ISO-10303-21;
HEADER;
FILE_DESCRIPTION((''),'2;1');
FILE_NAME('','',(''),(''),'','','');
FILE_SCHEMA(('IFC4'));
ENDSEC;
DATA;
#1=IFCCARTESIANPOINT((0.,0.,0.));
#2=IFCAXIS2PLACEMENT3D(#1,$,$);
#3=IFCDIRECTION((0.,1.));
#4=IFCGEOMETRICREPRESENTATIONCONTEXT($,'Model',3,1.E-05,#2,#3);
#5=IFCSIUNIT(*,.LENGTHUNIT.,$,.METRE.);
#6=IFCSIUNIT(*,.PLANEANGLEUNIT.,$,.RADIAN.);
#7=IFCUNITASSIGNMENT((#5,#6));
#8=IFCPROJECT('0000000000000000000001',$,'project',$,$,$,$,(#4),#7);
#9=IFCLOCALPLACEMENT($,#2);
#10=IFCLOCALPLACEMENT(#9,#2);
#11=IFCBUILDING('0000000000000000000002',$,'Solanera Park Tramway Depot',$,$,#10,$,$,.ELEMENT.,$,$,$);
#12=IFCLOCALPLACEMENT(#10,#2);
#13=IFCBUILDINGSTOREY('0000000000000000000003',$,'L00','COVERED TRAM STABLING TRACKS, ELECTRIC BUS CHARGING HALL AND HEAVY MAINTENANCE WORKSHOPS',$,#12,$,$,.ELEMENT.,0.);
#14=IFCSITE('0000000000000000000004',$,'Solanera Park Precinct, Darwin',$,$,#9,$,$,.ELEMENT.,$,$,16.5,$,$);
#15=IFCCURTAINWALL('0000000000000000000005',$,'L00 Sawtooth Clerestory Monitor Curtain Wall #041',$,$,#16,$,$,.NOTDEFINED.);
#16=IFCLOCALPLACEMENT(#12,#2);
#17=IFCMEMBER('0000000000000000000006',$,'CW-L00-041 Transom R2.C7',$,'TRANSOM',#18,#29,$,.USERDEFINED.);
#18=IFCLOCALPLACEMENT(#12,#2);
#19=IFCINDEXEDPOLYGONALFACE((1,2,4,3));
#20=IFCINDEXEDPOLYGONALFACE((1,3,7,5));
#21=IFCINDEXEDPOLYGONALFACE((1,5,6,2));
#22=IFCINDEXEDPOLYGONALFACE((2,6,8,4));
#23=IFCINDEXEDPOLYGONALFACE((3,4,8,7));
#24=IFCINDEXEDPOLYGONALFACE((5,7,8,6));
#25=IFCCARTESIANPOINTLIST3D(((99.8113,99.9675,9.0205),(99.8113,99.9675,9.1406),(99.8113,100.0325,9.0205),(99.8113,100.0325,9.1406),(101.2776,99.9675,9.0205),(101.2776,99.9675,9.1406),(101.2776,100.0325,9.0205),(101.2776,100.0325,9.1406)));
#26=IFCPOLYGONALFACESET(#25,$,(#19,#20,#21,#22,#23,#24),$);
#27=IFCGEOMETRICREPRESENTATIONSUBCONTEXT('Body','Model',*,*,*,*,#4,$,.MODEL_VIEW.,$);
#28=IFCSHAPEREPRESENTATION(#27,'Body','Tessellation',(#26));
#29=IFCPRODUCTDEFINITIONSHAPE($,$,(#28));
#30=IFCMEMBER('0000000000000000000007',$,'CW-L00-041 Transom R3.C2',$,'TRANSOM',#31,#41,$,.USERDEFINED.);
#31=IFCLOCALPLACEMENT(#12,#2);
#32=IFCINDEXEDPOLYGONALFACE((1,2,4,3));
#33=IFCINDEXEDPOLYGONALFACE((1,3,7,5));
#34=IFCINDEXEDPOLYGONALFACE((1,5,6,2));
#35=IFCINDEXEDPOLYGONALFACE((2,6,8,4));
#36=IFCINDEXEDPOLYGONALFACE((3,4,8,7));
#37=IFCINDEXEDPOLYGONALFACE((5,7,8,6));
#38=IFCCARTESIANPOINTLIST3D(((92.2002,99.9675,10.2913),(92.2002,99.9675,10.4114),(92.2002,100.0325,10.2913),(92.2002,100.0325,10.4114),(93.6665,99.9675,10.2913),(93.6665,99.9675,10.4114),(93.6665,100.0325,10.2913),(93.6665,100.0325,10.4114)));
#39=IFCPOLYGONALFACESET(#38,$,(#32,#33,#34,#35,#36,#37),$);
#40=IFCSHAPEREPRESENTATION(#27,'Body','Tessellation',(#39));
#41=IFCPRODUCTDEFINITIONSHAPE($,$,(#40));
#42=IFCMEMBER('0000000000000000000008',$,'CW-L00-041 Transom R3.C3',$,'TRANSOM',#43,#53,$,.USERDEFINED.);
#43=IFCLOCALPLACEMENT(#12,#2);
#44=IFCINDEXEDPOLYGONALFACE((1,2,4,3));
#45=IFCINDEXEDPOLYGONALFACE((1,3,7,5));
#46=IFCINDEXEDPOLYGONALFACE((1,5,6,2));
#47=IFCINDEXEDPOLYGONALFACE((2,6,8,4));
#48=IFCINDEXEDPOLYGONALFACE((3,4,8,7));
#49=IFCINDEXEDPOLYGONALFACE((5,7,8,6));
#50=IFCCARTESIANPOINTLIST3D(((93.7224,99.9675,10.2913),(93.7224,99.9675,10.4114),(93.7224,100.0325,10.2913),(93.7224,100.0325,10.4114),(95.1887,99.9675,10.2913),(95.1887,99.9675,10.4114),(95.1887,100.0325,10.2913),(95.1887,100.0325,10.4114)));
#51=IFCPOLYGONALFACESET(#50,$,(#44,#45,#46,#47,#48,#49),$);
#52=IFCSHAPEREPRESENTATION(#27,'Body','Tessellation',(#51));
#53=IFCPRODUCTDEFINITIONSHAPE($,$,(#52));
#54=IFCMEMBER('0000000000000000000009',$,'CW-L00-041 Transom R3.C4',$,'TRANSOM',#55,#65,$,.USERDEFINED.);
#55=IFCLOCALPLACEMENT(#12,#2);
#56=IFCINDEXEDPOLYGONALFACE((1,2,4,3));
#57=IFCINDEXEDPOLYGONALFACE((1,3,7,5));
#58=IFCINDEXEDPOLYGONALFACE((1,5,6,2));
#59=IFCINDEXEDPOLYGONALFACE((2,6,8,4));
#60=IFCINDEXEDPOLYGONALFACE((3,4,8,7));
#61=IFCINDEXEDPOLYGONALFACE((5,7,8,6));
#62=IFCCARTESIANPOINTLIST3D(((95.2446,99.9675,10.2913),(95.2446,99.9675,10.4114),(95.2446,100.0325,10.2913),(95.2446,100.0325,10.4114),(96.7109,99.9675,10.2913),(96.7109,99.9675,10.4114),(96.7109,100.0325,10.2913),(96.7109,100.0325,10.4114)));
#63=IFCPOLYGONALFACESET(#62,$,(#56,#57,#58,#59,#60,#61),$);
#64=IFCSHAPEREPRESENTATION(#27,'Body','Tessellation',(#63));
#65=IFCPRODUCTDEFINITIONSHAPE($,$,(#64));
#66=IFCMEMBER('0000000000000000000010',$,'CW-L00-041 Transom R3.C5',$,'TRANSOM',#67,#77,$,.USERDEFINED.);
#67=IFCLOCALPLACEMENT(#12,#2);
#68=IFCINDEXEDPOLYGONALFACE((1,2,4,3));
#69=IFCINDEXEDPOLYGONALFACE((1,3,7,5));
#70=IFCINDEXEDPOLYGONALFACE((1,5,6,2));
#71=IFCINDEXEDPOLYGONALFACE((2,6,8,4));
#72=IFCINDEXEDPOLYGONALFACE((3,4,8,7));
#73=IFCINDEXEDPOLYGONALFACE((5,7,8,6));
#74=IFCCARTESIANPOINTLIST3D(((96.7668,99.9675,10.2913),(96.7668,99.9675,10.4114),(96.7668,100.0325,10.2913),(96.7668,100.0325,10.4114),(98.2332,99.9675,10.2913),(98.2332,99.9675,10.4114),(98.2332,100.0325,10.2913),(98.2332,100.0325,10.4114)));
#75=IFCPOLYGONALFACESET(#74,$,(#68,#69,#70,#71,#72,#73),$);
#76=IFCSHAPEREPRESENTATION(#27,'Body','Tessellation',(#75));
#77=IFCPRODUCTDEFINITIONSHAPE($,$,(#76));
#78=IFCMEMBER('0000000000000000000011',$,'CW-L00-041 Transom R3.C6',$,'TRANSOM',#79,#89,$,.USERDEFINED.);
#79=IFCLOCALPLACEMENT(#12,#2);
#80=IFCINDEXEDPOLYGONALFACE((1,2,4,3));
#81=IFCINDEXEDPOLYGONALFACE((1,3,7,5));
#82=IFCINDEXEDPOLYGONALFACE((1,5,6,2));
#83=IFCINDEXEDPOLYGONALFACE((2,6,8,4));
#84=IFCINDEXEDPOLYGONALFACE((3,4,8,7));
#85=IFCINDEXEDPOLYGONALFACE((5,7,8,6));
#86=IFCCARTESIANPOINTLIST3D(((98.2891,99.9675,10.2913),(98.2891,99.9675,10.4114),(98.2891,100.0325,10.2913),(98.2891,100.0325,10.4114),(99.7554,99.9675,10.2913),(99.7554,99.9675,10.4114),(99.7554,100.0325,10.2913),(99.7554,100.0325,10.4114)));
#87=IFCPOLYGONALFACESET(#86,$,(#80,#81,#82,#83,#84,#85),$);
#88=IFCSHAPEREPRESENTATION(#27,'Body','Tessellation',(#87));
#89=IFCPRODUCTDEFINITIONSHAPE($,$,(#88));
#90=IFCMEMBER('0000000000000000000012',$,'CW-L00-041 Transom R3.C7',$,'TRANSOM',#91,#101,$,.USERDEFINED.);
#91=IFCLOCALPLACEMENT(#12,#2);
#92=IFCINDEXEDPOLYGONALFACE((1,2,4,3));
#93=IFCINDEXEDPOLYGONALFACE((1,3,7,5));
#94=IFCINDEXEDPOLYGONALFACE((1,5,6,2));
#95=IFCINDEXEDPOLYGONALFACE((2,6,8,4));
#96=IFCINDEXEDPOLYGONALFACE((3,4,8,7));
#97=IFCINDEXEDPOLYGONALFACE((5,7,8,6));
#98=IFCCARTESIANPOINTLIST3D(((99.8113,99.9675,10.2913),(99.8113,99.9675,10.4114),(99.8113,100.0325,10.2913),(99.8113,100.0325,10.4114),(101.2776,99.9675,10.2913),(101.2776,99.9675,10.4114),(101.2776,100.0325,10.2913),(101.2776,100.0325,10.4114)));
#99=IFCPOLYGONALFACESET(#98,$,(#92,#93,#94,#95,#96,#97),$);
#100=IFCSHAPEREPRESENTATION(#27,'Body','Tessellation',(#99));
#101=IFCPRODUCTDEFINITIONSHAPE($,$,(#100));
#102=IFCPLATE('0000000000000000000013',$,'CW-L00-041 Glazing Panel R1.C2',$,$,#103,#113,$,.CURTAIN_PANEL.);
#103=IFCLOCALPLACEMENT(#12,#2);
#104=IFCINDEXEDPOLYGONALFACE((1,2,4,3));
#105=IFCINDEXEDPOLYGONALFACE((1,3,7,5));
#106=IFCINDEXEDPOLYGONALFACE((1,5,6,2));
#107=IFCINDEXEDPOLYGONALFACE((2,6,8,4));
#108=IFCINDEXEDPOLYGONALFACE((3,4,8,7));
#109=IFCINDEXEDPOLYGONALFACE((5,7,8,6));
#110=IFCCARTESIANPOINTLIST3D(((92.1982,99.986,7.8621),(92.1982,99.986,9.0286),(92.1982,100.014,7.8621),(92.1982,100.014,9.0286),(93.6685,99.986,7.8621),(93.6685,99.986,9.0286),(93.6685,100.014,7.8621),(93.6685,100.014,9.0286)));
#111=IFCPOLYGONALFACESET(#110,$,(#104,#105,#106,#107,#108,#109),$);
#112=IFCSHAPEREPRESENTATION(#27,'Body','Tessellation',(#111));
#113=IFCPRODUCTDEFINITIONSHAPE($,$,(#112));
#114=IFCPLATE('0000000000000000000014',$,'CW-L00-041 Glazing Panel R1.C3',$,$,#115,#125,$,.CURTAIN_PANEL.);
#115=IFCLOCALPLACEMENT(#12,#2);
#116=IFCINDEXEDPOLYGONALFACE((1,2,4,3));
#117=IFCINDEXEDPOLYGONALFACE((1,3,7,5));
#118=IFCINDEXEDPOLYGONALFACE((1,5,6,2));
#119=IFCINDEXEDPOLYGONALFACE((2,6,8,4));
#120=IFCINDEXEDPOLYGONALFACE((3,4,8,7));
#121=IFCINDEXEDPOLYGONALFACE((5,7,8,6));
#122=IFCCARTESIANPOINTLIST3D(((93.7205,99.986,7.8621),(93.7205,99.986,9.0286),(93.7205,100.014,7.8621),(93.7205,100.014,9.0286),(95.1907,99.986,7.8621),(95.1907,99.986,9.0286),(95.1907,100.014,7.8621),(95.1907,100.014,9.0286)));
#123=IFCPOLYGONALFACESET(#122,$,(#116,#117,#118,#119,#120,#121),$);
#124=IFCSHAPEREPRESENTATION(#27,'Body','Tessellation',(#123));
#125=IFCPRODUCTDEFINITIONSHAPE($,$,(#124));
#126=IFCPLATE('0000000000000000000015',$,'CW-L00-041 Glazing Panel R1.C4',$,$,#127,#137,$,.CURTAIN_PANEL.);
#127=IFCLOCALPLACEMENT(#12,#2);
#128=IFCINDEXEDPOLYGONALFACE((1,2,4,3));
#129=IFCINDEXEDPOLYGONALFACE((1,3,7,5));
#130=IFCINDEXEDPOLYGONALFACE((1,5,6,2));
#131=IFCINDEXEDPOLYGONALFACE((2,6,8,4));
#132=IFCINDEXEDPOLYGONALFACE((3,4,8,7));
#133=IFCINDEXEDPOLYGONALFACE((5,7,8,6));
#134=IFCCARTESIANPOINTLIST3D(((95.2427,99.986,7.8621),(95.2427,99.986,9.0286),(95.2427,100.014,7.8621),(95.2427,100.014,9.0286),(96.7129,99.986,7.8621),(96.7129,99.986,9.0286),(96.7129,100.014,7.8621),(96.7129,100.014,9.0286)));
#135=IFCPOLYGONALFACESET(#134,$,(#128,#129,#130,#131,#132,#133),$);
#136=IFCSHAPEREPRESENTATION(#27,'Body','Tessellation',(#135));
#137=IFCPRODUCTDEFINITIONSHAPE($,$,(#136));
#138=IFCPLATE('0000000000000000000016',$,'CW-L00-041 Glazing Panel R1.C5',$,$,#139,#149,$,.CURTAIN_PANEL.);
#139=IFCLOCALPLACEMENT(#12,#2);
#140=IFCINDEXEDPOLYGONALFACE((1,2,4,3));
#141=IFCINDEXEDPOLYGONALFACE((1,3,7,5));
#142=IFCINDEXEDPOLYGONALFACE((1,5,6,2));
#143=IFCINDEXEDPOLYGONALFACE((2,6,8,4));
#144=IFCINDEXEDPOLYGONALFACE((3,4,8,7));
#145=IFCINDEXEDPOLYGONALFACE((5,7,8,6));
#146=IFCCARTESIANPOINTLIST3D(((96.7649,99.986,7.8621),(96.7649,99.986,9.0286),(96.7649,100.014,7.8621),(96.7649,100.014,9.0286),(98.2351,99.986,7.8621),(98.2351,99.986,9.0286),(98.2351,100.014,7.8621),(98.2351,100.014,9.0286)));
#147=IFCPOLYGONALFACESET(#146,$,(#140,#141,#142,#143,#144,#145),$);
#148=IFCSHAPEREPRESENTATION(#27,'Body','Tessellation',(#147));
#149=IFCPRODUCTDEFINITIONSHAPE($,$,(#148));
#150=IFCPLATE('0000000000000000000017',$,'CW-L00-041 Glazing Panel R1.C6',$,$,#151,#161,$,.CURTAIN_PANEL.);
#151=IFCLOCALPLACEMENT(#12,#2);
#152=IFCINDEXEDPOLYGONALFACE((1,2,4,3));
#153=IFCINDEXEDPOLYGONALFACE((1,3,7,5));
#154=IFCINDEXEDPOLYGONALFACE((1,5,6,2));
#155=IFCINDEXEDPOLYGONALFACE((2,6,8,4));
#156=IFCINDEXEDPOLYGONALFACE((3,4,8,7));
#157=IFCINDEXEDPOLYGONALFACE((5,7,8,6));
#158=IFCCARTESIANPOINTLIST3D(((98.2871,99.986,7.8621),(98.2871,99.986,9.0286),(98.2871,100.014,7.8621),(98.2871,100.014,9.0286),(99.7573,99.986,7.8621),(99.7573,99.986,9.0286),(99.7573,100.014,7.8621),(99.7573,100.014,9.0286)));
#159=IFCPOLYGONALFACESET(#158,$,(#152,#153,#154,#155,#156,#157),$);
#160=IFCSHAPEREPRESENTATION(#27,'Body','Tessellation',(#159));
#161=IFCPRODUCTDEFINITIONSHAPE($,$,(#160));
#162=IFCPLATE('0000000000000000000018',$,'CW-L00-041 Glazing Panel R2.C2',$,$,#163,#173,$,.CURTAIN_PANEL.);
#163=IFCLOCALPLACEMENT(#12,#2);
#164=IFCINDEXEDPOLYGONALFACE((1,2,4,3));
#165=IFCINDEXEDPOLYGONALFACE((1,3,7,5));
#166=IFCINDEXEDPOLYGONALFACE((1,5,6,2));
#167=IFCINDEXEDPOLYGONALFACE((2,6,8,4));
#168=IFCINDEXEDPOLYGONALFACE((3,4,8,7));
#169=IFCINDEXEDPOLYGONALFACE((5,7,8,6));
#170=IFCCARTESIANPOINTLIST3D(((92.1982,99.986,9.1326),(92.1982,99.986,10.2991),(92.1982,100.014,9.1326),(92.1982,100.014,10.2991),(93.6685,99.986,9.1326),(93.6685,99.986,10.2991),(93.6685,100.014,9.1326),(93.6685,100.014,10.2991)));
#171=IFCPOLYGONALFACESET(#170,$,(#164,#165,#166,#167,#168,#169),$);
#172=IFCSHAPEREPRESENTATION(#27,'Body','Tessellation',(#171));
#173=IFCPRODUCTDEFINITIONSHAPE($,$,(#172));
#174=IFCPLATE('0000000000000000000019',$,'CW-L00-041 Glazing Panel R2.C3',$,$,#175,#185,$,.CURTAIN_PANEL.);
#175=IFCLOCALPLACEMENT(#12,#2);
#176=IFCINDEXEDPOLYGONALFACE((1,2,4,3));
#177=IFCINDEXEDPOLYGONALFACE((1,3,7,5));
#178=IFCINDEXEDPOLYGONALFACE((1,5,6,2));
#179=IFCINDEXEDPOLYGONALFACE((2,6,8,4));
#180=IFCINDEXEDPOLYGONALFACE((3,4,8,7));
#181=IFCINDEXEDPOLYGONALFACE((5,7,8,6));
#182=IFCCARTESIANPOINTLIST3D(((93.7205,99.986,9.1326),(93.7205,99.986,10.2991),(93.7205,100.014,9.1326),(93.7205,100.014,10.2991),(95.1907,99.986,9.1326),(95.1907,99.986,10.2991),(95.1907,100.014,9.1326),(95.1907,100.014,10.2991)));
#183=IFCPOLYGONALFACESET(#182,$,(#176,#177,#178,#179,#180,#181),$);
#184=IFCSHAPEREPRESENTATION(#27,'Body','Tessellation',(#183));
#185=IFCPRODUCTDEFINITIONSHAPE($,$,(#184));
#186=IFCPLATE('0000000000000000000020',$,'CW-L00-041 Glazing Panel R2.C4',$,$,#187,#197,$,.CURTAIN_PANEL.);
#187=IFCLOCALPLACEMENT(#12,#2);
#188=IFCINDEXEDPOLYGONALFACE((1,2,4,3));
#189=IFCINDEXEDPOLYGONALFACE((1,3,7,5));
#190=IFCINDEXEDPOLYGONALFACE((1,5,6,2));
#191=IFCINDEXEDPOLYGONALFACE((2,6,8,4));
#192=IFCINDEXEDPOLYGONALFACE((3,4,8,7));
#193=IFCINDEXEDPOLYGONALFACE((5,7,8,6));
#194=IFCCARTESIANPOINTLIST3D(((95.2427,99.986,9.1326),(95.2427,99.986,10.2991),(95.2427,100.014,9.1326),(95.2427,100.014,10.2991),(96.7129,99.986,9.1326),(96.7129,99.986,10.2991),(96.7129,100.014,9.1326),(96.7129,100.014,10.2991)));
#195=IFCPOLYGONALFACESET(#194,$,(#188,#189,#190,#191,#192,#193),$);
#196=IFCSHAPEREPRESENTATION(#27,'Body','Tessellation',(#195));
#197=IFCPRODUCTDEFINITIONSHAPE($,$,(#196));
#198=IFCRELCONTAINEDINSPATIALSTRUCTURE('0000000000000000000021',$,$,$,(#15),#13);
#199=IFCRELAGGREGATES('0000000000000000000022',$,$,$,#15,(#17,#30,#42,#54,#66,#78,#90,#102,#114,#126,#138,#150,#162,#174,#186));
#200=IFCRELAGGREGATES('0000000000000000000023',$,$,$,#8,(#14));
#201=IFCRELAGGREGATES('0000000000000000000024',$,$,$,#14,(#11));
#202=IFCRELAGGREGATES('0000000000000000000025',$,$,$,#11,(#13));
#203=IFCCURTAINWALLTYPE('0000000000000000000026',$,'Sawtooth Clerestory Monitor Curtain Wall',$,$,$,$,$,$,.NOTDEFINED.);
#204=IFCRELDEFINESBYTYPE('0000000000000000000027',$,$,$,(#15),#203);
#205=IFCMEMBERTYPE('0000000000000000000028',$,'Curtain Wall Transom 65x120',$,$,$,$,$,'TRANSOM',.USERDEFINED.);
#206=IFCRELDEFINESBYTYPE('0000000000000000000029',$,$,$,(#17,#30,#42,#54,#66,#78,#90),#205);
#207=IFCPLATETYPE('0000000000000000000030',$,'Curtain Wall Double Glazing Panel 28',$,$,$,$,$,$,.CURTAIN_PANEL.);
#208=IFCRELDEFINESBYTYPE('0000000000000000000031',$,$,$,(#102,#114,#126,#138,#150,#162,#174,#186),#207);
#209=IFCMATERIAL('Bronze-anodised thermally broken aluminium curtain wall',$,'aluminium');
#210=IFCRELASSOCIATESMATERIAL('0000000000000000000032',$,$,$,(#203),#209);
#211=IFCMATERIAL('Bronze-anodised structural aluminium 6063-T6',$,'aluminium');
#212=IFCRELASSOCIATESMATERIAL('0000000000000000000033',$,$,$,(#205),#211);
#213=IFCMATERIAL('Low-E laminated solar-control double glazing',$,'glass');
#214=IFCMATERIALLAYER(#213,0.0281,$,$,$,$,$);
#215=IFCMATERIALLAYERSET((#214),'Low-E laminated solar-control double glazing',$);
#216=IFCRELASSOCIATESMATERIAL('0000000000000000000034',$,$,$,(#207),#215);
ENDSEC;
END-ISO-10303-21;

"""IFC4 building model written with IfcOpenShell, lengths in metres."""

from ifc_helpers import new_model, si_unit, direction, frame, origin, origin_2d, place, context, subcontext, project, spatial, rectangle, extrude, material, layer, layer_set, material_profile, profile_set, type_object, element, aggregate, save


model = new_model("IFC4")

# Units and contexts
model_context = context("Model", 3, precision=1e-05, world=origin(), true_north=direction((0.0, 1.0)))
body_context = subcontext(model_context, "Body", "Model", "MODEL_VIEW")
ifc_project = project(units=[si_unit("LENGTHUNIT", "METRE"), si_unit("PLANEANGLEUNIT", "RADIAN")], contexts=[model_context])

# Site, building, storey
site_placement = place(None, origin())
site = spatial("IfcSite", under=ifc_project, at=site_placement, Name="Solanera Park Precinct, Darwin", CompositionType="ELEMENT", RefElevation=16.5)
building_placement = place(site_placement, origin())
building = spatial("IfcBuilding", under=site, at=building_placement, Name="Solanera Park Tramway Depot", CompositionType="ELEMENT")
storey_placement = place(building_placement, origin())
storey = spatial("IfcBuildingStorey", under=building, at=storey_placement, Name="L00", Description="COVERED TRAM STABLING TRACKS, ELECTRIC BUS CHARGING HALL AND HEAVY MAINTENANCE WORKSHOPS", CompositionType="ELEMENT", Elevation=0.0)

# Curtain wall, members, plates
ifc_material_1 = material(Name="Bronze-anodised thermally broken aluminium curtain wall", Category="aluminium")
curtain_wall_type = type_object("IfcCurtainWallType", Name="Sawtooth Clerestory Monitor Curtain Wall", PredefinedType="NOTDEFINED", material=ifc_material_1)
curtain_wall_placement = place(storey_placement, origin())
curtain_wall = element("IfcCurtainWall", 1, at=curtain_wall_placement, inside=storey, type_object=curtain_wall_type, Name="L00 Sawtooth Clerestory Monitor Curtain Wall #041", PredefinedType="NOTDEFINED")
ifc_material_2 = material(Name="Bronze-anodised structural aluminium 6063-T6", Category="aluminium")
ifc_material_profile_1 = material_profile(ifc_material_2, rectangle(XDim=0.0649, YDim=0.1201, at=origin_2d()), Name="Curtain Wall Transom 65x120")
ifc_profile_set_1 = profile_set([ifc_material_profile_1], Name="Bronze-anodised structural aluminium 6063-T6")
member_type_1 = type_object("IfcMemberType", Name="Curtain Wall Transom 65x120", ElementType="TRANSOM", PredefinedType="USERDEFINED", material=ifc_profile_set_1)
member_1_placement = place(storey_placement, frame((99.8113, 100.0, 9.0806), z_axis=(1.0, 0.0, 0.0), x_axis=(0.0, 1.0, 0.0)))
member_1 = element("IfcMember", 2, at=member_1_placement, type_object=member_type_1, Name="CW-L00-041 Transom R2.C7", ObjectType="TRANSOM", PredefinedType="USERDEFINED", context=body_context, shape_type="SweptSolid", body=[
    extrude(rectangle(XDim=0.0649, YDim=0.1201, at=origin_2d()), origin(), (0.0, 0.0, 1.0), 1.4663),
])
member_2_placement = place(storey_placement, frame((92.2002, 100.0, 10.3513), z_axis=(1.0, 0.0, 0.0), x_axis=(0.0, 1.0, 0.0)))
member_2 = element("IfcMember", 3, at=member_2_placement, type_object=member_type_1, Name="CW-L00-041 Transom R3.C2", ObjectType="TRANSOM", PredefinedType="USERDEFINED", context=body_context, shape_type="SweptSolid", body=[
    extrude(rectangle(XDim=0.0649, YDim=0.1201, at=origin_2d()), origin(), (0.0, 0.0, 1.0), 1.4663),
])
member_3_placement = place(storey_placement, frame((93.7224, 100.0, 10.3513), z_axis=(1.0, 0.0, 0.0), x_axis=(0.0, 1.0, 0.0)))
member_3 = element("IfcMember", 4, at=member_3_placement, type_object=member_type_1, Name="CW-L00-041 Transom R3.C3", ObjectType="TRANSOM", PredefinedType="USERDEFINED", context=body_context, shape_type="SweptSolid", body=[
    extrude(rectangle(XDim=0.0649, YDim=0.1201, at=origin_2d()), origin(), (0.0, 0.0, 1.0), 1.4663),
])
member_4_placement = place(storey_placement, frame((95.2446, 100.0, 10.3513), z_axis=(1.0, 0.0, 0.0), x_axis=(0.0, 1.0, 0.0)))
member_4 = element("IfcMember", 5, at=member_4_placement, type_object=member_type_1, Name="CW-L00-041 Transom R3.C4", ObjectType="TRANSOM", PredefinedType="USERDEFINED", context=body_context, shape_type="SweptSolid", body=[
    extrude(rectangle(XDim=0.0649, YDim=0.1201, at=origin_2d()), origin(), (0.0, 0.0, 1.0), 1.4663),
])
member_5_placement = place(storey_placement, frame((96.7668, 100.0, 10.3513), z_axis=(1.0, 0.0, 0.0), x_axis=(0.0, 1.0, 0.0)))
member_5 = element("IfcMember", 6, at=member_5_placement, type_object=member_type_1, Name="CW-L00-041 Transom R3.C5", ObjectType="TRANSOM", PredefinedType="USERDEFINED", context=body_context, shape_type="SweptSolid", body=[
    extrude(rectangle(XDim=0.0649, YDim=0.1201, at=origin_2d()), origin(), (0.0, 0.0, 1.0), 1.4663),
])
member_6_placement = place(storey_placement, frame((98.2891, 100.0, 10.3513), z_axis=(1.0, 0.0, 0.0), x_axis=(0.0, 1.0, 0.0)))
member_6 = element("IfcMember", 7, at=member_6_placement, type_object=member_type_1, Name="CW-L00-041 Transom R3.C6", ObjectType="TRANSOM", PredefinedType="USERDEFINED", context=body_context, shape_type="SweptSolid", body=[
    extrude(rectangle(XDim=0.0649, YDim=0.1201, at=origin_2d()), origin(), (0.0, 0.0, 1.0), 1.4663),
])
member_7_placement = place(storey_placement, frame((99.8113, 100.0, 10.3513), z_axis=(1.0, 0.0, 0.0), x_axis=(0.0, 1.0, 0.0)))
member_7 = element("IfcMember", 8, at=member_7_placement, type_object=member_type_1, Name="CW-L00-041 Transom R3.C7", ObjectType="TRANSOM", PredefinedType="USERDEFINED", context=body_context, shape_type="SweptSolid", body=[
    extrude(rectangle(XDim=0.0649, YDim=0.1201, at=origin_2d()), origin(), (0.0, 0.0, 1.0), 1.4663),
])
ifc_material_3 = material(Name="Low-E laminated solar-control double glazing", Category="glass")
ifc_layer = layer(ifc_material_3, 0.0281)
ifc_layer_set = layer_set([ifc_layer], Name="Low-E laminated solar-control double glazing")
plate_type = type_object("IfcPlateType", Name="Curtain Wall Double Glazing Panel 28", PredefinedType="CURTAIN_PANEL", material=ifc_layer_set)
plate_1_placement = place(storey_placement, frame((92.9333, 100.0, 7.8621), z_axis=(0.0, 0.0, 1.0), x_axis=(1.0, 0.0, 0.0)))
plate_1 = element("IfcPlate", 9, at=plate_1_placement, type_object=plate_type, Name="CW-L00-041 Glazing Panel R1.C2", PredefinedType="CURTAIN_PANEL", context=body_context, shape_type="SweptSolid", body=[
    extrude(rectangle(XDim=1.4702, YDim=0.0281, at=origin_2d()), origin(), (0.0, 0.0, 1.0), 1.1665),
])
plate_2_placement = place(storey_placement, frame((94.4556, 100.0, 7.8621), z_axis=(0.0, 0.0, 1.0), x_axis=(1.0, 0.0, 0.0)))
plate_2 = element("IfcPlate", 10, at=plate_2_placement, type_object=plate_type, Name="CW-L00-041 Glazing Panel R1.C3", PredefinedType="CURTAIN_PANEL", context=body_context, shape_type="SweptSolid", body=[
    extrude(rectangle(XDim=1.4702, YDim=0.0281, at=origin_2d()), origin(), (0.0, 0.0, 1.0), 1.1665),
])
plate_3_placement = place(storey_placement, frame((95.9778, 100.0, 7.8621), z_axis=(0.0, 0.0, 1.0), x_axis=(1.0, 0.0, 0.0)))
plate_3 = element("IfcPlate", 11, at=plate_3_placement, type_object=plate_type, Name="CW-L00-041 Glazing Panel R1.C4", PredefinedType="CURTAIN_PANEL", context=body_context, shape_type="SweptSolid", body=[
    extrude(rectangle(XDim=1.4702, YDim=0.0281, at=origin_2d()), origin(), (0.0, 0.0, 1.0), 1.1665),
])
plate_4_placement = place(storey_placement, frame((97.5, 100.0, 7.8621), z_axis=(0.0, 0.0, 1.0), x_axis=(1.0, 0.0, 0.0)))
plate_4 = element("IfcPlate", 12, at=plate_4_placement, type_object=plate_type, Name="CW-L00-041 Glazing Panel R1.C5", PredefinedType="CURTAIN_PANEL", context=body_context, shape_type="SweptSolid", body=[
    extrude(rectangle(XDim=1.4702, YDim=0.0281, at=origin_2d()), origin(), (0.0, 0.0, 1.0), 1.1665),
])
plate_5_placement = place(storey_placement, frame((99.0222, 100.0, 7.8621), z_axis=(0.0, 0.0, 1.0), x_axis=(1.0, 0.0, 0.0)))
plate_5 = element("IfcPlate", 13, at=plate_5_placement, type_object=plate_type, Name="CW-L00-041 Glazing Panel R1.C6", PredefinedType="CURTAIN_PANEL", context=body_context, shape_type="SweptSolid", body=[
    extrude(rectangle(XDim=1.4702, YDim=0.0281, at=origin_2d()), origin(), (0.0, 0.0, 1.0), 1.1665),
])
plate_6_placement = place(storey_placement, frame((92.9333, 100.0, 9.1326), z_axis=(0.0, 0.0, 1.0), x_axis=(1.0, 0.0, 0.0)))
plate_6 = element("IfcPlate", 14, at=plate_6_placement, type_object=plate_type, Name="CW-L00-041 Glazing Panel R2.C2", PredefinedType="CURTAIN_PANEL", context=body_context, shape_type="SweptSolid", body=[
    extrude(rectangle(XDim=1.4702, YDim=0.0281, at=origin_2d()), origin(), (0.0, 0.0, 1.0), 1.1665),
])
plate_7_placement = place(storey_placement, frame((94.4556, 100.0, 9.1326), z_axis=(0.0, 0.0, 1.0), x_axis=(1.0, 0.0, 0.0)))
plate_7 = element("IfcPlate", 15, at=plate_7_placement, type_object=plate_type, Name="CW-L00-041 Glazing Panel R2.C3", PredefinedType="CURTAIN_PANEL", context=body_context, shape_type="SweptSolid", body=[
    extrude(rectangle(XDim=1.4702, YDim=0.0281, at=origin_2d()), origin(), (0.0, 0.0, 1.0), 1.1665),
])
plate_8_placement = place(storey_placement, frame((95.9778, 100.0, 9.1326), z_axis=(0.0, 0.0, 1.0), x_axis=(1.0, 0.0, 0.0)))
plate_8 = element("IfcPlate", 16, at=plate_8_placement, type_object=plate_type, Name="CW-L00-041 Glazing Panel R2.C4", PredefinedType="CURTAIN_PANEL", context=body_context, shape_type="SweptSolid", body=[
    extrude(rectangle(XDim=1.4702, YDim=0.0281, at=origin_2d()), origin(), (0.0, 0.0, 1.0), 1.1665),
])
aggregate(curtain_wall, [member_1, member_2, member_3, member_4, member_5, member_6, member_7, plate_1, plate_2, plate_3, plate_4, plate_5, plate_6, plate_7, plate_8])

save(model, "model.ifc")
